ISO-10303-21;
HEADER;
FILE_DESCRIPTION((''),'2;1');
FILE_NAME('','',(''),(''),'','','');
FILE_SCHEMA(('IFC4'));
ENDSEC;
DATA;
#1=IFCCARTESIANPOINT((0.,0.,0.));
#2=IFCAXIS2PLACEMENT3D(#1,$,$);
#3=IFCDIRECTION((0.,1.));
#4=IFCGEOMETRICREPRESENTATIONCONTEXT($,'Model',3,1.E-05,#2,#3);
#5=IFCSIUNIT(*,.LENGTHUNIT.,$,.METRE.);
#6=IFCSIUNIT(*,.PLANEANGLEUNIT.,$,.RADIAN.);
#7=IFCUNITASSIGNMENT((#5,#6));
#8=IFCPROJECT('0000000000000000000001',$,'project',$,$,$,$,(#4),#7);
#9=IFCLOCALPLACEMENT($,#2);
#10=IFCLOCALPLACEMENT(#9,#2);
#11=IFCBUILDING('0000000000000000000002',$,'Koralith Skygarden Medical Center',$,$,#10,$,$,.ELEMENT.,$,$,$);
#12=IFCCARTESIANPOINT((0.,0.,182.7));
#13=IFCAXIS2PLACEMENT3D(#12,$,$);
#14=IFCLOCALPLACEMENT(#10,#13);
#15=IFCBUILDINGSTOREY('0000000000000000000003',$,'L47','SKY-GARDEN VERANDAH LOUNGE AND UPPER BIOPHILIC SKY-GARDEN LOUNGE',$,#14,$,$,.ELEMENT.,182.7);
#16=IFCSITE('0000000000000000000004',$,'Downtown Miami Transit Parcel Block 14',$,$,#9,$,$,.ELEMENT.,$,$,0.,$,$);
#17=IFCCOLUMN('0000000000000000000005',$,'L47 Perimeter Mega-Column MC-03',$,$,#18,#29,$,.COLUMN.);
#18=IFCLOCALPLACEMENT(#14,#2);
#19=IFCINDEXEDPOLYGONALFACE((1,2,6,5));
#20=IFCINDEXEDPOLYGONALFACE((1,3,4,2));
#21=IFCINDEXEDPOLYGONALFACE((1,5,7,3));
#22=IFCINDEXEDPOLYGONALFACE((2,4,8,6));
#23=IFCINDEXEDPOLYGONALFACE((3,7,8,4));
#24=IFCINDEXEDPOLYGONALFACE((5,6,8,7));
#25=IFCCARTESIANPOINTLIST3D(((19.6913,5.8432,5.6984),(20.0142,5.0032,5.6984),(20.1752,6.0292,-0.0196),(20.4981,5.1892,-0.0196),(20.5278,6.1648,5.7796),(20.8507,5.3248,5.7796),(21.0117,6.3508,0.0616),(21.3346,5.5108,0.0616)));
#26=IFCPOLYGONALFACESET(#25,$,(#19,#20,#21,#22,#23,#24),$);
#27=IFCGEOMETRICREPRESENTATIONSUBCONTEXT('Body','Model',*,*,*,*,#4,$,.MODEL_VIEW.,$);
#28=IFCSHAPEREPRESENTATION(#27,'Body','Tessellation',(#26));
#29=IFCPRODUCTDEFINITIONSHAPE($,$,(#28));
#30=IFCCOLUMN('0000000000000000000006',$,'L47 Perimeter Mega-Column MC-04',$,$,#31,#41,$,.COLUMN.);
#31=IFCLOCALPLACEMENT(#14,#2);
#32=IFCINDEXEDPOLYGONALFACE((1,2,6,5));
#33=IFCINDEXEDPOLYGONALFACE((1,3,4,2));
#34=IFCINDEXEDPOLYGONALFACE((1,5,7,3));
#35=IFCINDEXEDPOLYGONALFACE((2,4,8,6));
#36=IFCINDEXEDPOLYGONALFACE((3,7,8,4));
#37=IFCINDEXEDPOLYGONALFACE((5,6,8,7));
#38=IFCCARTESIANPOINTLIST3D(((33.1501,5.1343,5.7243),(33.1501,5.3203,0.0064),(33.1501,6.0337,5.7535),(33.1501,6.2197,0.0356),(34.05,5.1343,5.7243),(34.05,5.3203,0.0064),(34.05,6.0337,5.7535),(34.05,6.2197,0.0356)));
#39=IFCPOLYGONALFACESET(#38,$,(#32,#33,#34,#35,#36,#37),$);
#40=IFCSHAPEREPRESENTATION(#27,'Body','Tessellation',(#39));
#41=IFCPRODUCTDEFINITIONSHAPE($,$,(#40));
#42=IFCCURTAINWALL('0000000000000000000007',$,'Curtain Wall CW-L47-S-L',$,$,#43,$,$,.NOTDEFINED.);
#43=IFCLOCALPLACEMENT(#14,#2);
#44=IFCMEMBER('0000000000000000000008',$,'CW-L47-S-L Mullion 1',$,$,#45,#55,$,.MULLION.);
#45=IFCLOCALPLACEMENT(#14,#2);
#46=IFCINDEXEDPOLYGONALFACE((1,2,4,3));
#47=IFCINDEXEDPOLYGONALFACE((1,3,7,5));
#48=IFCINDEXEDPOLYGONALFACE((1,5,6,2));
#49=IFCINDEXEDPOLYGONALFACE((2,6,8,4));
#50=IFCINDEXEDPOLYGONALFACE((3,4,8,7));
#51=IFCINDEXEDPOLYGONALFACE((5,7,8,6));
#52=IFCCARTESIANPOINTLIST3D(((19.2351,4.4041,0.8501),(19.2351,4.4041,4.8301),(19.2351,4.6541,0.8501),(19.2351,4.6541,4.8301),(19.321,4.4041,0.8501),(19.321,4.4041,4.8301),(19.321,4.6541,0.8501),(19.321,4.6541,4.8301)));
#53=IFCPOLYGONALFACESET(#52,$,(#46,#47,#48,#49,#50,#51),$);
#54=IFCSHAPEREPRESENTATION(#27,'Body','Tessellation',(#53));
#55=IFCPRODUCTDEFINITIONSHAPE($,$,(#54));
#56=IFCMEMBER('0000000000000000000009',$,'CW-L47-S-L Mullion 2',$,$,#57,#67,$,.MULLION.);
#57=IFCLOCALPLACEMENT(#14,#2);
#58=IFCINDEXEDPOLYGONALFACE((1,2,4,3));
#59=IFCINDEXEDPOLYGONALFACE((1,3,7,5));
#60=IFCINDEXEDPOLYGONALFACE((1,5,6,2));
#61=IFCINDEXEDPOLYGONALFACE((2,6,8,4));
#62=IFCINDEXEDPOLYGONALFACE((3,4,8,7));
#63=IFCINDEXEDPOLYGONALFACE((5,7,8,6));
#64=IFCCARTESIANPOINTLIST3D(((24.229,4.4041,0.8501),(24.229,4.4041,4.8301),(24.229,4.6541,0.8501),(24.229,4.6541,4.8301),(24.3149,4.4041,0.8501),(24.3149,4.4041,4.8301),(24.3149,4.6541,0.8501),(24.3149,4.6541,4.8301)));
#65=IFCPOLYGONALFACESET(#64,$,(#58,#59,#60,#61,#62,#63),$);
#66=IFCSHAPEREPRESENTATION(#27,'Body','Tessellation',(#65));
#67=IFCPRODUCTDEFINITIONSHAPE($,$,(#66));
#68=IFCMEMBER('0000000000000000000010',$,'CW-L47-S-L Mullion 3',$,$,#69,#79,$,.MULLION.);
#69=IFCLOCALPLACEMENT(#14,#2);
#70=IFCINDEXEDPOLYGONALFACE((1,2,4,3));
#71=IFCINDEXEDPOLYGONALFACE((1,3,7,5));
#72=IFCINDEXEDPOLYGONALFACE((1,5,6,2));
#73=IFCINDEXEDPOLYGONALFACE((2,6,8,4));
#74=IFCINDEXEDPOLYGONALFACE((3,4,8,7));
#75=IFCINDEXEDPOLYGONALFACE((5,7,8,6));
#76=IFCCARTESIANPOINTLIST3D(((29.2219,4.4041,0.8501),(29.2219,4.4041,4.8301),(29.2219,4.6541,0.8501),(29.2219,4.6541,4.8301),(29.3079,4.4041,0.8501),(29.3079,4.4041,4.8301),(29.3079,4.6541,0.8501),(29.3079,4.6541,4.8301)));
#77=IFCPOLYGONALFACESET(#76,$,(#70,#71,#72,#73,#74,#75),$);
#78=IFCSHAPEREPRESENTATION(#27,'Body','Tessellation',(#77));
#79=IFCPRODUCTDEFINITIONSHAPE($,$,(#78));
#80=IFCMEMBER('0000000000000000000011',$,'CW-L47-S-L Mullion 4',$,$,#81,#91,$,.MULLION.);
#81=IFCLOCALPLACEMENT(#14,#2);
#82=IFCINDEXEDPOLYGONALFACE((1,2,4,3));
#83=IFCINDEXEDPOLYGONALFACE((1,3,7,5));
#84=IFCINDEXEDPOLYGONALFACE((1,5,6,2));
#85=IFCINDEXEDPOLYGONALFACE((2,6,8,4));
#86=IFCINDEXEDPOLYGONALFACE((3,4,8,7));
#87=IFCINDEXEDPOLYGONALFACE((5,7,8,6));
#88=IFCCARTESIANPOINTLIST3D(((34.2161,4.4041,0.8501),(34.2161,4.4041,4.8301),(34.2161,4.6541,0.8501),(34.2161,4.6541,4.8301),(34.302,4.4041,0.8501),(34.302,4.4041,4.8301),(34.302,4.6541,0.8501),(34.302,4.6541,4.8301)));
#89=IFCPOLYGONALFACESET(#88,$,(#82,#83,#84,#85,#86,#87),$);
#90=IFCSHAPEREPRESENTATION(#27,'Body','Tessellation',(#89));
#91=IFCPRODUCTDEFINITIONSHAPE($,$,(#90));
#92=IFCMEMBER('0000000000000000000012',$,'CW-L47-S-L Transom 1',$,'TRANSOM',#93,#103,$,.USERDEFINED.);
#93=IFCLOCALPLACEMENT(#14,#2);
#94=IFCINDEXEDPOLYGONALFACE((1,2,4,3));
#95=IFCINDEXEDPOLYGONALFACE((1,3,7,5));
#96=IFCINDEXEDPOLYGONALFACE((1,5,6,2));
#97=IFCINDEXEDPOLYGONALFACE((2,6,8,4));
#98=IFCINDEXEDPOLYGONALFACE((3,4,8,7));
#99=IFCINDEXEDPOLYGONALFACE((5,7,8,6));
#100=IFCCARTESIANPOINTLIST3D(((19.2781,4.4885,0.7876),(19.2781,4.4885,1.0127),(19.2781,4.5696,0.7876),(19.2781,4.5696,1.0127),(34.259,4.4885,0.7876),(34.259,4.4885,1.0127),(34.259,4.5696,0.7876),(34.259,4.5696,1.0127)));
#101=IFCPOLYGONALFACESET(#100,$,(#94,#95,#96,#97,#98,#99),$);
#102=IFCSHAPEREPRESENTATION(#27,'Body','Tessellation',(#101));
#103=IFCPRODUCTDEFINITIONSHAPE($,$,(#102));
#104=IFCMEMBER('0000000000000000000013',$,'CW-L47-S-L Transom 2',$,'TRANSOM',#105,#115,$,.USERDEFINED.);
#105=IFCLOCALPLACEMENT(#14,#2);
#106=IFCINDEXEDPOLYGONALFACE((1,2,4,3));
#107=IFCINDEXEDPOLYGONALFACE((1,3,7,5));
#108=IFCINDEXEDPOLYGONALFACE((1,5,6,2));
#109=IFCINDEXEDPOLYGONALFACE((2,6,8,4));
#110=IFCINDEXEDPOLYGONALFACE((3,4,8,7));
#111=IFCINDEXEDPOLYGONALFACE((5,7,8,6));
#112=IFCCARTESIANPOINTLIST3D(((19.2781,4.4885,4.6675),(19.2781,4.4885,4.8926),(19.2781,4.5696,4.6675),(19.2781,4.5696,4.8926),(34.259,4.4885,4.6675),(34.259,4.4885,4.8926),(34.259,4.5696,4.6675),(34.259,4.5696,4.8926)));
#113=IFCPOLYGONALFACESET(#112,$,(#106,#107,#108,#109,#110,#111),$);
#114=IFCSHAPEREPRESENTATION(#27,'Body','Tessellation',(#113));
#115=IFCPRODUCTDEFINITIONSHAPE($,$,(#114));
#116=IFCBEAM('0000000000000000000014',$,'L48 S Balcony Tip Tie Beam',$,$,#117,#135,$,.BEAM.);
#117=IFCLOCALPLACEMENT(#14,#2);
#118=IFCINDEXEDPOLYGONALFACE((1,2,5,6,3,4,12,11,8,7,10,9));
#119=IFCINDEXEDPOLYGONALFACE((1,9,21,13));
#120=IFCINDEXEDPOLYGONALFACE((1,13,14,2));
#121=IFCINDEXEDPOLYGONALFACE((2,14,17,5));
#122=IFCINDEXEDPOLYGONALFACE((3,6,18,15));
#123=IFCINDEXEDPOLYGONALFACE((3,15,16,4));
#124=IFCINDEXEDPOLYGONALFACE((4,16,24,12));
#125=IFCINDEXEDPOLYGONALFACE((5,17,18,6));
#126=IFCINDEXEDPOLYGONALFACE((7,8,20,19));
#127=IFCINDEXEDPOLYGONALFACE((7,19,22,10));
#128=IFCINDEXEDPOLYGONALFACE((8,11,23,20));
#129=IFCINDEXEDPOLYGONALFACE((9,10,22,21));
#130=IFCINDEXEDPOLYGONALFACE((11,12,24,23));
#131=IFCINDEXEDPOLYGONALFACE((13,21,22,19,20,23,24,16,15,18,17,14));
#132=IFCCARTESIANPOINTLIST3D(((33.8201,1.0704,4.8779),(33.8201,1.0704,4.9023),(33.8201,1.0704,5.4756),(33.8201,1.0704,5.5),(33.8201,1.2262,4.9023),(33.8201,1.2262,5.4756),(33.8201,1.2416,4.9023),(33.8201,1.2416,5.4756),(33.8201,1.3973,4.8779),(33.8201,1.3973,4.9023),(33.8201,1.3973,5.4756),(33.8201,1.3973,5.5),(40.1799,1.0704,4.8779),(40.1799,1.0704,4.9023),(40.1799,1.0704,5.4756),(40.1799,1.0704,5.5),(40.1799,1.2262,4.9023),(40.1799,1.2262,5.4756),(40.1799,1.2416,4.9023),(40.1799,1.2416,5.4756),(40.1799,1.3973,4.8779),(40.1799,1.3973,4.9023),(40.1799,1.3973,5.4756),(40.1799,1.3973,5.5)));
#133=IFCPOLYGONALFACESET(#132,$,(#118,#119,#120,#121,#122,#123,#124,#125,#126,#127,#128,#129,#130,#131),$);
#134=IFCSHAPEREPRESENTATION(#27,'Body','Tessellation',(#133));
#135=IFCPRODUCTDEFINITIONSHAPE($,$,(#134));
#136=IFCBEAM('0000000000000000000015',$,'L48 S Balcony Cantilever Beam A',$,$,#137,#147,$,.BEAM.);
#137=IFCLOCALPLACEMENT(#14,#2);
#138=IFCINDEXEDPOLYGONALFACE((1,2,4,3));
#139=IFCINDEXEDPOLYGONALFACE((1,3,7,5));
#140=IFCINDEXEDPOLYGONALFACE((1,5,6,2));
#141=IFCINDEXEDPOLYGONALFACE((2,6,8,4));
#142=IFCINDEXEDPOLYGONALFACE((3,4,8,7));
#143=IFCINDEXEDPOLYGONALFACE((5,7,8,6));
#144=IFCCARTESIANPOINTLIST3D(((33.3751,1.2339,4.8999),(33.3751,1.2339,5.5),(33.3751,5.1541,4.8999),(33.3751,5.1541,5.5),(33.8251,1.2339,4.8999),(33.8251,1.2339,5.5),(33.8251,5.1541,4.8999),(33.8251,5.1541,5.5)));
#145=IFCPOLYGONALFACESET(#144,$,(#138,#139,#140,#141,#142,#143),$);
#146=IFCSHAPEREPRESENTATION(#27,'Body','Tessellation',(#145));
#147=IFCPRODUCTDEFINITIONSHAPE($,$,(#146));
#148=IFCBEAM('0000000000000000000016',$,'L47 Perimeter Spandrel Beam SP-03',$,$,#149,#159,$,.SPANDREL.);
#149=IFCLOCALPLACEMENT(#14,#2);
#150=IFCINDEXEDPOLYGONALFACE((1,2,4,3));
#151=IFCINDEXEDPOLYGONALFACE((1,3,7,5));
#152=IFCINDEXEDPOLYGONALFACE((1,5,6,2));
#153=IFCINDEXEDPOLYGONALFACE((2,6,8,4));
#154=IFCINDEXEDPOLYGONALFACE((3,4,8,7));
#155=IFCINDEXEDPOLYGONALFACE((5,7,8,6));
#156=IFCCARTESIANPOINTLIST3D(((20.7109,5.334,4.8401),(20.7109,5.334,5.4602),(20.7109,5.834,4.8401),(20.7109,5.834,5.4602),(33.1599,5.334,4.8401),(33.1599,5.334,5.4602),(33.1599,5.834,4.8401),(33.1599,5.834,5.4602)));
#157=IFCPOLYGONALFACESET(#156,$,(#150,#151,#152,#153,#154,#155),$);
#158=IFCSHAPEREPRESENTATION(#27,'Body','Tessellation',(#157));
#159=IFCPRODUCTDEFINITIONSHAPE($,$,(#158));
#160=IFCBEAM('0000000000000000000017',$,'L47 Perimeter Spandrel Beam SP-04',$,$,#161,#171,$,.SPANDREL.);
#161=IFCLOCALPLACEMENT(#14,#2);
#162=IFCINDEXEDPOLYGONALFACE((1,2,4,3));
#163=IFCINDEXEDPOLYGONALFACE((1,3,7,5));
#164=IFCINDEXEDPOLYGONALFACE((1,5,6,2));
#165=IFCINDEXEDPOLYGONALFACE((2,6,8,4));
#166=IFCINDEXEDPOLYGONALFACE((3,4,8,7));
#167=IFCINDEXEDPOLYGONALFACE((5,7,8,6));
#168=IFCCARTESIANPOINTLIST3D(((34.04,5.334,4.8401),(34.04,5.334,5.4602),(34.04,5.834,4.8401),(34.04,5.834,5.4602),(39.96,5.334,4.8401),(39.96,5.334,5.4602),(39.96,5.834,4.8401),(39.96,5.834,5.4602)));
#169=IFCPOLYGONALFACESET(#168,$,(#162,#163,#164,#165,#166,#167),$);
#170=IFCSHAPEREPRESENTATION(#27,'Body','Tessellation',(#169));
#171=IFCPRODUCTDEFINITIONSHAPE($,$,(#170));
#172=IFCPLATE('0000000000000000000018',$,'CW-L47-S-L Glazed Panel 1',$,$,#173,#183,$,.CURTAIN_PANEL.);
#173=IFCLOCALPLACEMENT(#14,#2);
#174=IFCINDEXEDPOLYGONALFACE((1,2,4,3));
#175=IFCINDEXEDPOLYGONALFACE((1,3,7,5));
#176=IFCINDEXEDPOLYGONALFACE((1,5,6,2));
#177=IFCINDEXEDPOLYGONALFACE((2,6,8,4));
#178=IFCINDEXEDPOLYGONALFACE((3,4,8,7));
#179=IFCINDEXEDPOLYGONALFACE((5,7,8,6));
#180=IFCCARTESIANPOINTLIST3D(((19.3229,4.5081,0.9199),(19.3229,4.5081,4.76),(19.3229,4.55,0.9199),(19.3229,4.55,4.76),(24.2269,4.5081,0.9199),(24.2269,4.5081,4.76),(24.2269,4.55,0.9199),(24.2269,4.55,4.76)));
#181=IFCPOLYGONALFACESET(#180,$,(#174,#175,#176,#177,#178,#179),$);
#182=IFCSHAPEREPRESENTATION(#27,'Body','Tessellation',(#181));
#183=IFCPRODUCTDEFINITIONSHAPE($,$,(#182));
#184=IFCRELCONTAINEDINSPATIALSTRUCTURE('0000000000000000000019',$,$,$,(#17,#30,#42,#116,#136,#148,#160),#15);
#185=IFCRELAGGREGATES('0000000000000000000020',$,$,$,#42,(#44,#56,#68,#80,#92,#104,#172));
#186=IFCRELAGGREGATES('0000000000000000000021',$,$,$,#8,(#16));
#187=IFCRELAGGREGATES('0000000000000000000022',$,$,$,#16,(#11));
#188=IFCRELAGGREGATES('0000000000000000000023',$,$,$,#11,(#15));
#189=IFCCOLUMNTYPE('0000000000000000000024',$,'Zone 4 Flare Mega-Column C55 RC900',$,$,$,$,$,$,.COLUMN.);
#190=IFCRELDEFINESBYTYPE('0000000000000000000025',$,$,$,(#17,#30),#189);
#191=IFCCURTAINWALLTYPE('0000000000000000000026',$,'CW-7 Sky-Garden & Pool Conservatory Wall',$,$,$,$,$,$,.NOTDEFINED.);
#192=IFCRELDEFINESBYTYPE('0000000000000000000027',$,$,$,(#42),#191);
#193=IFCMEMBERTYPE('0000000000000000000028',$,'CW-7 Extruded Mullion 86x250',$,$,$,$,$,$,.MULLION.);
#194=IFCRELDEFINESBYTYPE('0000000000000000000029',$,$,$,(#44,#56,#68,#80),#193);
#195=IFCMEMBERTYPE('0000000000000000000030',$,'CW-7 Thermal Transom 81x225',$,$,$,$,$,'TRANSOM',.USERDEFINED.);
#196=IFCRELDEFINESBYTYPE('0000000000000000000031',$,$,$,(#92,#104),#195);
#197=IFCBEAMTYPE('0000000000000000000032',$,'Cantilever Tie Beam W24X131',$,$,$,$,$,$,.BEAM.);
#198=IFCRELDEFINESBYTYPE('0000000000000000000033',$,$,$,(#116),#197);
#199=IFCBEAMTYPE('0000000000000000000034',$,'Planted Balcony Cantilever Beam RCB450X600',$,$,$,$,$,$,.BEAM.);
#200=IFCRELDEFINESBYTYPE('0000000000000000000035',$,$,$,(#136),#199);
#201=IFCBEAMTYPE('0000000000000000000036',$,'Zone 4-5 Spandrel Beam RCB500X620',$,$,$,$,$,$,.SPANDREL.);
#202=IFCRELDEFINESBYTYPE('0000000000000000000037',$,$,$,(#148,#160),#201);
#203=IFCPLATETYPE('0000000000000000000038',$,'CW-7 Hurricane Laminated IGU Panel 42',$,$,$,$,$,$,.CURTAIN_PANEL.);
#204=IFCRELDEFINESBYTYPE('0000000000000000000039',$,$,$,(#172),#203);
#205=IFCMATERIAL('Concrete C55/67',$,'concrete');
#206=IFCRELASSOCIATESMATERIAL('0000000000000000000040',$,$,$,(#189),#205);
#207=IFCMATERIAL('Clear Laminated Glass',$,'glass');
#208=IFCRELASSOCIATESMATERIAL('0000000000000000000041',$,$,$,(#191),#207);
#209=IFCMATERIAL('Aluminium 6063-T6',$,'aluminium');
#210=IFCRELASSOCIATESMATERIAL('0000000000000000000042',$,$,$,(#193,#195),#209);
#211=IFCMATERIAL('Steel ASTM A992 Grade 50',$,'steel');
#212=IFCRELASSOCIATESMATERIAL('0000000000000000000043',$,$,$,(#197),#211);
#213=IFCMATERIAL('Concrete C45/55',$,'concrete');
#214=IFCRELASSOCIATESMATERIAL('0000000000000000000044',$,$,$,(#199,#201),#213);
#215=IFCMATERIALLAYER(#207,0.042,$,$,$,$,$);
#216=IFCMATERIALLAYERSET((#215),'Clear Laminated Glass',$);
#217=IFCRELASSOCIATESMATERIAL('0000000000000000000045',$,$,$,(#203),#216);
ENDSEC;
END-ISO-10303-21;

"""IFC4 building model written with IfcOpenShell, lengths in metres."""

from ifc_helpers import new_model, si_unit, direction, frame, origin, origin_2d, place, context, subcontext, project, spatial, rectangle, i_section, extrude, material, layer, layer_set, material_profile, profile_set, type_object, element, aggregate, save


model = new_model("IFC4")

# Units and contexts
model_context = context("Model", 3, precision=1e-05, world=origin(), true_north=direction((0.0, 1.0)))
body_context = subcontext(model_context, "Body", "Model", "MODEL_VIEW")
ifc_project = project(units=[si_unit("LENGTHUNIT", "METRE"), si_unit("PLANEANGLEUNIT", "RADIAN")], contexts=[model_context])

# Site, building, storey
site_placement = place(None, origin())
site = spatial("IfcSite", under=ifc_project, at=site_placement, Name="Downtown Miami Transit Parcel Block 14", CompositionType="ELEMENT", RefElevation=0.0)
building_placement = place(site_placement, origin())
building = spatial("IfcBuilding", under=site, at=building_placement, Name="Koralith Skygarden Medical Center", CompositionType="ELEMENT")
storey_placement = place(building_placement, frame((0.0, 0.0, 182.7)))
storey = spatial("IfcBuildingStorey", under=building, at=storey_placement, Name="L47", Description="SKY-GARDEN VERANDAH LOUNGE AND UPPER BIOPHILIC SKY-GARDEN LOUNGE", CompositionType="ELEMENT", Elevation=182.7)

# Columns
ifc_material_1 = material(Name="Concrete C55/67", Category="concrete")
ifc_material_profile_1 = material_profile(ifc_material_1, rectangle(XDim=0.8999, YDim=0.8999, at=origin_2d()), Name="RC900X900")
ifc_profile_set_1 = profile_set([ifc_material_profile_1], Name="Concrete C55/67")
column_type = type_object("IfcColumnType", Name="Zone 4 Flare Mega-Column C55 RC900", PredefinedType="COLUMN", material=ifc_profile_set_1)
column_1_placement = place(storey_placement, frame((20.7549, 5.77, 0.021), z_axis=(-0.084279, -0.032402, 0.995915), x_axis=(0.358853, -0.933394, 0.0)))
element("IfcColumn", 1, at=column_1_placement, inside=storey, type_object=column_type, Name="L47 Perimeter Mega-Column MC-03", PredefinedType="COLUMN", context=body_context, shape_type="SweptSolid", body=[
    extrude(rectangle(XDim=0.8999, YDim=0.8999, at=origin_2d()), origin(), (0.0, 0.0, 1.0), 5.7415),
])
column_2_placement = place(storey_placement, frame((33.6001, 5.77, 0.021), z_axis=(0.0, -0.032518, 0.999471), x_axis=(1.0, 0.0, 0.0)))
element("IfcColumn", 2, at=column_2_placement, inside=storey, type_object=column_type, Name="L47 Perimeter Mega-Column MC-04", PredefinedType="COLUMN", context=body_context, shape_type="SweptSolid", body=[
    extrude(rectangle(XDim=0.8999, YDim=0.8999, at=origin_2d()), origin(), (0.0, 0.0, 1.0), 5.7209),
])

# Curtain wall, members
ifc_material_2 = material(Name="Clear Laminated Glass", Category="glass")
curtain_wall_type = type_object("IfcCurtainWallType", Name="CW-7 Sky-Garden & Pool Conservatory Wall", PredefinedType="NOTDEFINED", material=ifc_material_2)
curtain_wall_placement = place(storey_placement, origin())
curtain_wall = element("IfcCurtainWall", 3, at=curtain_wall_placement, inside=storey, type_object=curtain_wall_type, Name="Curtain Wall CW-L47-S-L", PredefinedType="NOTDEFINED")
ifc_material_3 = material(Name="Aluminium 6063-T6", Category="aluminium")
ifc_material_profile_2 = material_profile(ifc_material_3, rectangle(XDim=0.0859, YDim=0.25, at=origin_2d()), Name="MUL86X250")
ifc_profile_set_2 = profile_set([ifc_material_profile_2], Name="Aluminium 6063-T6")
member_type_1 = type_object("IfcMemberType", Name="CW-7 Extruded Mullion 86x250", PredefinedType="MULLION", material=ifc_profile_set_2)
member_1_placement = place(storey_placement, frame((19.2781, 4.5291, 0.8501), z_axis=(0.0, 0.0, 1.0), x_axis=(1.0, 0.0, 0.0)))
member_1 = element("IfcMember", 4, at=member_1_placement, type_object=member_type_1, Name="CW-L47-S-L Mullion 1", PredefinedType="MULLION", context=body_context, shape_type="SweptSolid", body=[
    extrude(rectangle(XDim=0.0859, YDim=0.25, at=origin_2d()), origin(), (0.0, 0.0, 1.0), 3.98),
])
member_2_placement = place(storey_placement, frame((24.272, 4.5291, 0.8501), z_axis=(0.0, 0.0, 1.0), x_axis=(1.0, 0.0, 0.0)))
member_2 = element("IfcMember", 5, at=member_2_placement, type_object=member_type_1, Name="CW-L47-S-L Mullion 2", PredefinedType="MULLION", context=body_context, shape_type="SweptSolid", body=[
    extrude(rectangle(XDim=0.0859, YDim=0.25, at=origin_2d()), origin(), (0.0, 0.0, 1.0), 3.98),
])
member_3_placement = place(storey_placement, frame((29.2649, 4.5291, 0.8501), z_axis=(0.0, 0.0, 1.0), x_axis=(1.0, 0.0, 0.0)))
member_3 = element("IfcMember", 6, at=member_3_placement, type_object=member_type_1, Name="CW-L47-S-L Mullion 3", PredefinedType="MULLION", context=body_context, shape_type="SweptSolid", body=[
    extrude(rectangle(XDim=0.0859, YDim=0.25, at=origin_2d()), origin(), (0.0, 0.0, 1.0), 3.98),
])
member_4_placement = place(storey_placement, frame((34.259, 4.5291, 0.8501), z_axis=(0.0, 0.0, 1.0), x_axis=(1.0, 0.0, 0.0)))
member_4 = element("IfcMember", 7, at=member_4_placement, type_object=member_type_1, Name="CW-L47-S-L Mullion 4", PredefinedType="MULLION", context=body_context, shape_type="SweptSolid", body=[
    extrude(rectangle(XDim=0.0859, YDim=0.25, at=origin_2d()), origin(), (0.0, 0.0, 1.0), 3.98),
])
ifc_material_profile_3 = material_profile(ifc_material_3, rectangle(XDim=0.0811, YDim=0.2251, at=origin_2d()), Name="TRN81X225")
ifc_profile_set_3 = profile_set([ifc_material_profile_3], Name="Aluminium 6063-T6")
member_type_2 = type_object("IfcMemberType", Name="CW-7 Thermal Transom 81x225", ElementType="TRANSOM", PredefinedType="USERDEFINED", material=ifc_profile_set_3)
member_5_placement = place(storey_placement, frame((19.2781, 4.5291, 0.9001), z_axis=(1.0, 0.0, 0.0), x_axis=(0.0, 1.0, 0.0)))
member_5 = element("IfcMember", 8, at=member_5_placement, type_object=member_type_2, Name="CW-L47-S-L Transom 1", ObjectType="TRANSOM", PredefinedType="USERDEFINED", context=body_context, shape_type="SweptSolid", body=[
    extrude(rectangle(XDim=0.0811, YDim=0.2251, at=origin_2d()), origin(), (0.0, 0.0, 1.0), 14.981),
])
member_6_placement = place(storey_placement, frame((19.2781, 4.5291, 4.78), z_axis=(1.0, 0.0, 0.0), x_axis=(0.0, 1.0, 0.0)))
member_6 = element("IfcMember", 9, at=member_6_placement, type_object=member_type_2, Name="CW-L47-S-L Transom 2", ObjectType="TRANSOM", PredefinedType="USERDEFINED", context=body_context, shape_type="SweptSolid", body=[
    extrude(rectangle(XDim=0.0811, YDim=0.2251, at=origin_2d()), origin(), (0.0, 0.0, 1.0), 14.981),
])

# Beams
ifc_material_4 = material(Name="Steel ASTM A992 Grade 50", Category="steel")
ifc_material_profile_4 = material_profile(ifc_material_4, i_section(OverallWidth=0.3269, OverallDepth=0.6221, WebThickness=0.0154, FlangeThickness=0.0244, at=origin_2d()), Name="W24X131")
ifc_profile_set_4 = profile_set([ifc_material_profile_4], Name="Steel ASTM A992 Grade 50")
beam_type_1 = type_object("IfcBeamType", Name="Cantilever Tie Beam W24X131", PredefinedType="BEAM", material=ifc_profile_set_4)
beam_1_placement = place(storey_placement, frame((33.8201, 1.2339, 5.189), z_axis=(1.0, 0.0, 0.0), x_axis=(0.0, 1.0, 0.0)))
element("IfcBeam", 10, at=beam_1_placement, inside=storey, type_object=beam_type_1, Name="L48 S Balcony Tip Tie Beam", PredefinedType="BEAM", context=body_context, shape_type="SweptSolid", body=[
    extrude(i_section(OverallWidth=0.3269, OverallDepth=0.6221, WebThickness=0.0154, FlangeThickness=0.0244, at=origin_2d()), origin(), (0.0, 0.0, 1.0), 6.3599),
])
ifc_material_5 = material(Name="Concrete C45/55", Category="concrete")
ifc_material_profile_5 = material_profile(ifc_material_5, rectangle(XDim=0.45, YDim=0.6001, at=origin_2d()), Name="RCB450X600")
ifc_profile_set_5 = profile_set([ifc_material_profile_5], Name="Concrete C45/55")
beam_type_2 = type_object("IfcBeamType", Name="Planted Balcony Cantilever Beam RCB450X600", PredefinedType="BEAM", material=ifc_profile_set_5)
beam_2_placement = place(storey_placement, frame((33.6001, 5.1541, 5.2), z_axis=(0.0, -1.0, 0.0), x_axis=(1.0, 0.0, 0.0)))
element("IfcBeam", 11, at=beam_2_placement, inside=storey, type_object=beam_type_2, Name="L48 S Balcony Cantilever Beam A", PredefinedType="BEAM", context=body_context, shape_type="SweptSolid", body=[
    extrude(rectangle(XDim=0.45, YDim=0.6001, at=origin_2d()), origin(), (0.0, 0.0, 1.0), 3.9202),
])
ifc_material_profile_6 = material_profile(ifc_material_5, rectangle(XDim=0.5, YDim=0.6201, at=origin_2d()), Name="RCB500X620")
ifc_profile_set_6 = profile_set([ifc_material_profile_6], Name="Concrete C45/55")
beam_type_3 = type_object("IfcBeamType", Name="Zone 4-5 Spandrel Beam RCB500X620", PredefinedType="SPANDREL", material=ifc_profile_set_6)
beam_3_placement = place(storey_placement, frame((20.7109, 5.584, 5.1501), z_axis=(1.0, 0.0, 0.0), x_axis=(0.0, 1.0, 0.0)))
element("IfcBeam", 12, at=beam_3_placement, inside=storey, type_object=beam_type_3, Name="L47 Perimeter Spandrel Beam SP-03", PredefinedType="SPANDREL", context=body_context, shape_type="SweptSolid", body=[
    extrude(rectangle(XDim=0.5, YDim=0.6201, at=origin_2d()), origin(), (0.0, 0.0, 1.0), 12.449),
])
beam_4_placement = place(storey_placement, frame((34.04, 5.584, 5.1501), z_axis=(1.0, 0.0, 0.0), x_axis=(0.0, 1.0, 0.0)))
element("IfcBeam", 13, at=beam_4_placement, inside=storey, type_object=beam_type_3, Name="L47 Perimeter Spandrel Beam SP-04", PredefinedType="SPANDREL", context=body_context, shape_type="SweptSolid", body=[
    extrude(rectangle(XDim=0.5, YDim=0.6201, at=origin_2d()), origin(), (0.0, 0.0, 1.0), 5.9199),
])

# Plate
ifc_layer_1 = layer(ifc_material_2, 0.042)
ifc_layer_set_1 = layer_set([ifc_layer_1], Name="Clear Laminated Glass")
plate_type = type_object("IfcPlateType", Name="CW-7 Hurricane Laminated IGU Panel 42", PredefinedType="CURTAIN_PANEL", material=ifc_layer_set_1)
plate_1_placement = place(storey_placement, frame((21.7749, 4.5291, 0.9199), z_axis=(0.0, 0.0, 1.0), x_axis=(1.0, 0.0, 0.0)))
plate_1 = element("IfcPlate", 14, at=plate_1_placement, type_object=plate_type, Name="CW-L47-S-L Glazed Panel 1", PredefinedType="CURTAIN_PANEL", context=body_context, shape_type="SweptSolid", body=[
    extrude(rectangle(XDim=4.9041, YDim=0.042, at=origin_2d()), origin(), (0.0, 0.0, 1.0), 3.8401),
])
aggregate(curtain_wall, [member_1, member_2, member_3, member_4, member_5, member_6, plate_1])

save(model, "model.ifc")
